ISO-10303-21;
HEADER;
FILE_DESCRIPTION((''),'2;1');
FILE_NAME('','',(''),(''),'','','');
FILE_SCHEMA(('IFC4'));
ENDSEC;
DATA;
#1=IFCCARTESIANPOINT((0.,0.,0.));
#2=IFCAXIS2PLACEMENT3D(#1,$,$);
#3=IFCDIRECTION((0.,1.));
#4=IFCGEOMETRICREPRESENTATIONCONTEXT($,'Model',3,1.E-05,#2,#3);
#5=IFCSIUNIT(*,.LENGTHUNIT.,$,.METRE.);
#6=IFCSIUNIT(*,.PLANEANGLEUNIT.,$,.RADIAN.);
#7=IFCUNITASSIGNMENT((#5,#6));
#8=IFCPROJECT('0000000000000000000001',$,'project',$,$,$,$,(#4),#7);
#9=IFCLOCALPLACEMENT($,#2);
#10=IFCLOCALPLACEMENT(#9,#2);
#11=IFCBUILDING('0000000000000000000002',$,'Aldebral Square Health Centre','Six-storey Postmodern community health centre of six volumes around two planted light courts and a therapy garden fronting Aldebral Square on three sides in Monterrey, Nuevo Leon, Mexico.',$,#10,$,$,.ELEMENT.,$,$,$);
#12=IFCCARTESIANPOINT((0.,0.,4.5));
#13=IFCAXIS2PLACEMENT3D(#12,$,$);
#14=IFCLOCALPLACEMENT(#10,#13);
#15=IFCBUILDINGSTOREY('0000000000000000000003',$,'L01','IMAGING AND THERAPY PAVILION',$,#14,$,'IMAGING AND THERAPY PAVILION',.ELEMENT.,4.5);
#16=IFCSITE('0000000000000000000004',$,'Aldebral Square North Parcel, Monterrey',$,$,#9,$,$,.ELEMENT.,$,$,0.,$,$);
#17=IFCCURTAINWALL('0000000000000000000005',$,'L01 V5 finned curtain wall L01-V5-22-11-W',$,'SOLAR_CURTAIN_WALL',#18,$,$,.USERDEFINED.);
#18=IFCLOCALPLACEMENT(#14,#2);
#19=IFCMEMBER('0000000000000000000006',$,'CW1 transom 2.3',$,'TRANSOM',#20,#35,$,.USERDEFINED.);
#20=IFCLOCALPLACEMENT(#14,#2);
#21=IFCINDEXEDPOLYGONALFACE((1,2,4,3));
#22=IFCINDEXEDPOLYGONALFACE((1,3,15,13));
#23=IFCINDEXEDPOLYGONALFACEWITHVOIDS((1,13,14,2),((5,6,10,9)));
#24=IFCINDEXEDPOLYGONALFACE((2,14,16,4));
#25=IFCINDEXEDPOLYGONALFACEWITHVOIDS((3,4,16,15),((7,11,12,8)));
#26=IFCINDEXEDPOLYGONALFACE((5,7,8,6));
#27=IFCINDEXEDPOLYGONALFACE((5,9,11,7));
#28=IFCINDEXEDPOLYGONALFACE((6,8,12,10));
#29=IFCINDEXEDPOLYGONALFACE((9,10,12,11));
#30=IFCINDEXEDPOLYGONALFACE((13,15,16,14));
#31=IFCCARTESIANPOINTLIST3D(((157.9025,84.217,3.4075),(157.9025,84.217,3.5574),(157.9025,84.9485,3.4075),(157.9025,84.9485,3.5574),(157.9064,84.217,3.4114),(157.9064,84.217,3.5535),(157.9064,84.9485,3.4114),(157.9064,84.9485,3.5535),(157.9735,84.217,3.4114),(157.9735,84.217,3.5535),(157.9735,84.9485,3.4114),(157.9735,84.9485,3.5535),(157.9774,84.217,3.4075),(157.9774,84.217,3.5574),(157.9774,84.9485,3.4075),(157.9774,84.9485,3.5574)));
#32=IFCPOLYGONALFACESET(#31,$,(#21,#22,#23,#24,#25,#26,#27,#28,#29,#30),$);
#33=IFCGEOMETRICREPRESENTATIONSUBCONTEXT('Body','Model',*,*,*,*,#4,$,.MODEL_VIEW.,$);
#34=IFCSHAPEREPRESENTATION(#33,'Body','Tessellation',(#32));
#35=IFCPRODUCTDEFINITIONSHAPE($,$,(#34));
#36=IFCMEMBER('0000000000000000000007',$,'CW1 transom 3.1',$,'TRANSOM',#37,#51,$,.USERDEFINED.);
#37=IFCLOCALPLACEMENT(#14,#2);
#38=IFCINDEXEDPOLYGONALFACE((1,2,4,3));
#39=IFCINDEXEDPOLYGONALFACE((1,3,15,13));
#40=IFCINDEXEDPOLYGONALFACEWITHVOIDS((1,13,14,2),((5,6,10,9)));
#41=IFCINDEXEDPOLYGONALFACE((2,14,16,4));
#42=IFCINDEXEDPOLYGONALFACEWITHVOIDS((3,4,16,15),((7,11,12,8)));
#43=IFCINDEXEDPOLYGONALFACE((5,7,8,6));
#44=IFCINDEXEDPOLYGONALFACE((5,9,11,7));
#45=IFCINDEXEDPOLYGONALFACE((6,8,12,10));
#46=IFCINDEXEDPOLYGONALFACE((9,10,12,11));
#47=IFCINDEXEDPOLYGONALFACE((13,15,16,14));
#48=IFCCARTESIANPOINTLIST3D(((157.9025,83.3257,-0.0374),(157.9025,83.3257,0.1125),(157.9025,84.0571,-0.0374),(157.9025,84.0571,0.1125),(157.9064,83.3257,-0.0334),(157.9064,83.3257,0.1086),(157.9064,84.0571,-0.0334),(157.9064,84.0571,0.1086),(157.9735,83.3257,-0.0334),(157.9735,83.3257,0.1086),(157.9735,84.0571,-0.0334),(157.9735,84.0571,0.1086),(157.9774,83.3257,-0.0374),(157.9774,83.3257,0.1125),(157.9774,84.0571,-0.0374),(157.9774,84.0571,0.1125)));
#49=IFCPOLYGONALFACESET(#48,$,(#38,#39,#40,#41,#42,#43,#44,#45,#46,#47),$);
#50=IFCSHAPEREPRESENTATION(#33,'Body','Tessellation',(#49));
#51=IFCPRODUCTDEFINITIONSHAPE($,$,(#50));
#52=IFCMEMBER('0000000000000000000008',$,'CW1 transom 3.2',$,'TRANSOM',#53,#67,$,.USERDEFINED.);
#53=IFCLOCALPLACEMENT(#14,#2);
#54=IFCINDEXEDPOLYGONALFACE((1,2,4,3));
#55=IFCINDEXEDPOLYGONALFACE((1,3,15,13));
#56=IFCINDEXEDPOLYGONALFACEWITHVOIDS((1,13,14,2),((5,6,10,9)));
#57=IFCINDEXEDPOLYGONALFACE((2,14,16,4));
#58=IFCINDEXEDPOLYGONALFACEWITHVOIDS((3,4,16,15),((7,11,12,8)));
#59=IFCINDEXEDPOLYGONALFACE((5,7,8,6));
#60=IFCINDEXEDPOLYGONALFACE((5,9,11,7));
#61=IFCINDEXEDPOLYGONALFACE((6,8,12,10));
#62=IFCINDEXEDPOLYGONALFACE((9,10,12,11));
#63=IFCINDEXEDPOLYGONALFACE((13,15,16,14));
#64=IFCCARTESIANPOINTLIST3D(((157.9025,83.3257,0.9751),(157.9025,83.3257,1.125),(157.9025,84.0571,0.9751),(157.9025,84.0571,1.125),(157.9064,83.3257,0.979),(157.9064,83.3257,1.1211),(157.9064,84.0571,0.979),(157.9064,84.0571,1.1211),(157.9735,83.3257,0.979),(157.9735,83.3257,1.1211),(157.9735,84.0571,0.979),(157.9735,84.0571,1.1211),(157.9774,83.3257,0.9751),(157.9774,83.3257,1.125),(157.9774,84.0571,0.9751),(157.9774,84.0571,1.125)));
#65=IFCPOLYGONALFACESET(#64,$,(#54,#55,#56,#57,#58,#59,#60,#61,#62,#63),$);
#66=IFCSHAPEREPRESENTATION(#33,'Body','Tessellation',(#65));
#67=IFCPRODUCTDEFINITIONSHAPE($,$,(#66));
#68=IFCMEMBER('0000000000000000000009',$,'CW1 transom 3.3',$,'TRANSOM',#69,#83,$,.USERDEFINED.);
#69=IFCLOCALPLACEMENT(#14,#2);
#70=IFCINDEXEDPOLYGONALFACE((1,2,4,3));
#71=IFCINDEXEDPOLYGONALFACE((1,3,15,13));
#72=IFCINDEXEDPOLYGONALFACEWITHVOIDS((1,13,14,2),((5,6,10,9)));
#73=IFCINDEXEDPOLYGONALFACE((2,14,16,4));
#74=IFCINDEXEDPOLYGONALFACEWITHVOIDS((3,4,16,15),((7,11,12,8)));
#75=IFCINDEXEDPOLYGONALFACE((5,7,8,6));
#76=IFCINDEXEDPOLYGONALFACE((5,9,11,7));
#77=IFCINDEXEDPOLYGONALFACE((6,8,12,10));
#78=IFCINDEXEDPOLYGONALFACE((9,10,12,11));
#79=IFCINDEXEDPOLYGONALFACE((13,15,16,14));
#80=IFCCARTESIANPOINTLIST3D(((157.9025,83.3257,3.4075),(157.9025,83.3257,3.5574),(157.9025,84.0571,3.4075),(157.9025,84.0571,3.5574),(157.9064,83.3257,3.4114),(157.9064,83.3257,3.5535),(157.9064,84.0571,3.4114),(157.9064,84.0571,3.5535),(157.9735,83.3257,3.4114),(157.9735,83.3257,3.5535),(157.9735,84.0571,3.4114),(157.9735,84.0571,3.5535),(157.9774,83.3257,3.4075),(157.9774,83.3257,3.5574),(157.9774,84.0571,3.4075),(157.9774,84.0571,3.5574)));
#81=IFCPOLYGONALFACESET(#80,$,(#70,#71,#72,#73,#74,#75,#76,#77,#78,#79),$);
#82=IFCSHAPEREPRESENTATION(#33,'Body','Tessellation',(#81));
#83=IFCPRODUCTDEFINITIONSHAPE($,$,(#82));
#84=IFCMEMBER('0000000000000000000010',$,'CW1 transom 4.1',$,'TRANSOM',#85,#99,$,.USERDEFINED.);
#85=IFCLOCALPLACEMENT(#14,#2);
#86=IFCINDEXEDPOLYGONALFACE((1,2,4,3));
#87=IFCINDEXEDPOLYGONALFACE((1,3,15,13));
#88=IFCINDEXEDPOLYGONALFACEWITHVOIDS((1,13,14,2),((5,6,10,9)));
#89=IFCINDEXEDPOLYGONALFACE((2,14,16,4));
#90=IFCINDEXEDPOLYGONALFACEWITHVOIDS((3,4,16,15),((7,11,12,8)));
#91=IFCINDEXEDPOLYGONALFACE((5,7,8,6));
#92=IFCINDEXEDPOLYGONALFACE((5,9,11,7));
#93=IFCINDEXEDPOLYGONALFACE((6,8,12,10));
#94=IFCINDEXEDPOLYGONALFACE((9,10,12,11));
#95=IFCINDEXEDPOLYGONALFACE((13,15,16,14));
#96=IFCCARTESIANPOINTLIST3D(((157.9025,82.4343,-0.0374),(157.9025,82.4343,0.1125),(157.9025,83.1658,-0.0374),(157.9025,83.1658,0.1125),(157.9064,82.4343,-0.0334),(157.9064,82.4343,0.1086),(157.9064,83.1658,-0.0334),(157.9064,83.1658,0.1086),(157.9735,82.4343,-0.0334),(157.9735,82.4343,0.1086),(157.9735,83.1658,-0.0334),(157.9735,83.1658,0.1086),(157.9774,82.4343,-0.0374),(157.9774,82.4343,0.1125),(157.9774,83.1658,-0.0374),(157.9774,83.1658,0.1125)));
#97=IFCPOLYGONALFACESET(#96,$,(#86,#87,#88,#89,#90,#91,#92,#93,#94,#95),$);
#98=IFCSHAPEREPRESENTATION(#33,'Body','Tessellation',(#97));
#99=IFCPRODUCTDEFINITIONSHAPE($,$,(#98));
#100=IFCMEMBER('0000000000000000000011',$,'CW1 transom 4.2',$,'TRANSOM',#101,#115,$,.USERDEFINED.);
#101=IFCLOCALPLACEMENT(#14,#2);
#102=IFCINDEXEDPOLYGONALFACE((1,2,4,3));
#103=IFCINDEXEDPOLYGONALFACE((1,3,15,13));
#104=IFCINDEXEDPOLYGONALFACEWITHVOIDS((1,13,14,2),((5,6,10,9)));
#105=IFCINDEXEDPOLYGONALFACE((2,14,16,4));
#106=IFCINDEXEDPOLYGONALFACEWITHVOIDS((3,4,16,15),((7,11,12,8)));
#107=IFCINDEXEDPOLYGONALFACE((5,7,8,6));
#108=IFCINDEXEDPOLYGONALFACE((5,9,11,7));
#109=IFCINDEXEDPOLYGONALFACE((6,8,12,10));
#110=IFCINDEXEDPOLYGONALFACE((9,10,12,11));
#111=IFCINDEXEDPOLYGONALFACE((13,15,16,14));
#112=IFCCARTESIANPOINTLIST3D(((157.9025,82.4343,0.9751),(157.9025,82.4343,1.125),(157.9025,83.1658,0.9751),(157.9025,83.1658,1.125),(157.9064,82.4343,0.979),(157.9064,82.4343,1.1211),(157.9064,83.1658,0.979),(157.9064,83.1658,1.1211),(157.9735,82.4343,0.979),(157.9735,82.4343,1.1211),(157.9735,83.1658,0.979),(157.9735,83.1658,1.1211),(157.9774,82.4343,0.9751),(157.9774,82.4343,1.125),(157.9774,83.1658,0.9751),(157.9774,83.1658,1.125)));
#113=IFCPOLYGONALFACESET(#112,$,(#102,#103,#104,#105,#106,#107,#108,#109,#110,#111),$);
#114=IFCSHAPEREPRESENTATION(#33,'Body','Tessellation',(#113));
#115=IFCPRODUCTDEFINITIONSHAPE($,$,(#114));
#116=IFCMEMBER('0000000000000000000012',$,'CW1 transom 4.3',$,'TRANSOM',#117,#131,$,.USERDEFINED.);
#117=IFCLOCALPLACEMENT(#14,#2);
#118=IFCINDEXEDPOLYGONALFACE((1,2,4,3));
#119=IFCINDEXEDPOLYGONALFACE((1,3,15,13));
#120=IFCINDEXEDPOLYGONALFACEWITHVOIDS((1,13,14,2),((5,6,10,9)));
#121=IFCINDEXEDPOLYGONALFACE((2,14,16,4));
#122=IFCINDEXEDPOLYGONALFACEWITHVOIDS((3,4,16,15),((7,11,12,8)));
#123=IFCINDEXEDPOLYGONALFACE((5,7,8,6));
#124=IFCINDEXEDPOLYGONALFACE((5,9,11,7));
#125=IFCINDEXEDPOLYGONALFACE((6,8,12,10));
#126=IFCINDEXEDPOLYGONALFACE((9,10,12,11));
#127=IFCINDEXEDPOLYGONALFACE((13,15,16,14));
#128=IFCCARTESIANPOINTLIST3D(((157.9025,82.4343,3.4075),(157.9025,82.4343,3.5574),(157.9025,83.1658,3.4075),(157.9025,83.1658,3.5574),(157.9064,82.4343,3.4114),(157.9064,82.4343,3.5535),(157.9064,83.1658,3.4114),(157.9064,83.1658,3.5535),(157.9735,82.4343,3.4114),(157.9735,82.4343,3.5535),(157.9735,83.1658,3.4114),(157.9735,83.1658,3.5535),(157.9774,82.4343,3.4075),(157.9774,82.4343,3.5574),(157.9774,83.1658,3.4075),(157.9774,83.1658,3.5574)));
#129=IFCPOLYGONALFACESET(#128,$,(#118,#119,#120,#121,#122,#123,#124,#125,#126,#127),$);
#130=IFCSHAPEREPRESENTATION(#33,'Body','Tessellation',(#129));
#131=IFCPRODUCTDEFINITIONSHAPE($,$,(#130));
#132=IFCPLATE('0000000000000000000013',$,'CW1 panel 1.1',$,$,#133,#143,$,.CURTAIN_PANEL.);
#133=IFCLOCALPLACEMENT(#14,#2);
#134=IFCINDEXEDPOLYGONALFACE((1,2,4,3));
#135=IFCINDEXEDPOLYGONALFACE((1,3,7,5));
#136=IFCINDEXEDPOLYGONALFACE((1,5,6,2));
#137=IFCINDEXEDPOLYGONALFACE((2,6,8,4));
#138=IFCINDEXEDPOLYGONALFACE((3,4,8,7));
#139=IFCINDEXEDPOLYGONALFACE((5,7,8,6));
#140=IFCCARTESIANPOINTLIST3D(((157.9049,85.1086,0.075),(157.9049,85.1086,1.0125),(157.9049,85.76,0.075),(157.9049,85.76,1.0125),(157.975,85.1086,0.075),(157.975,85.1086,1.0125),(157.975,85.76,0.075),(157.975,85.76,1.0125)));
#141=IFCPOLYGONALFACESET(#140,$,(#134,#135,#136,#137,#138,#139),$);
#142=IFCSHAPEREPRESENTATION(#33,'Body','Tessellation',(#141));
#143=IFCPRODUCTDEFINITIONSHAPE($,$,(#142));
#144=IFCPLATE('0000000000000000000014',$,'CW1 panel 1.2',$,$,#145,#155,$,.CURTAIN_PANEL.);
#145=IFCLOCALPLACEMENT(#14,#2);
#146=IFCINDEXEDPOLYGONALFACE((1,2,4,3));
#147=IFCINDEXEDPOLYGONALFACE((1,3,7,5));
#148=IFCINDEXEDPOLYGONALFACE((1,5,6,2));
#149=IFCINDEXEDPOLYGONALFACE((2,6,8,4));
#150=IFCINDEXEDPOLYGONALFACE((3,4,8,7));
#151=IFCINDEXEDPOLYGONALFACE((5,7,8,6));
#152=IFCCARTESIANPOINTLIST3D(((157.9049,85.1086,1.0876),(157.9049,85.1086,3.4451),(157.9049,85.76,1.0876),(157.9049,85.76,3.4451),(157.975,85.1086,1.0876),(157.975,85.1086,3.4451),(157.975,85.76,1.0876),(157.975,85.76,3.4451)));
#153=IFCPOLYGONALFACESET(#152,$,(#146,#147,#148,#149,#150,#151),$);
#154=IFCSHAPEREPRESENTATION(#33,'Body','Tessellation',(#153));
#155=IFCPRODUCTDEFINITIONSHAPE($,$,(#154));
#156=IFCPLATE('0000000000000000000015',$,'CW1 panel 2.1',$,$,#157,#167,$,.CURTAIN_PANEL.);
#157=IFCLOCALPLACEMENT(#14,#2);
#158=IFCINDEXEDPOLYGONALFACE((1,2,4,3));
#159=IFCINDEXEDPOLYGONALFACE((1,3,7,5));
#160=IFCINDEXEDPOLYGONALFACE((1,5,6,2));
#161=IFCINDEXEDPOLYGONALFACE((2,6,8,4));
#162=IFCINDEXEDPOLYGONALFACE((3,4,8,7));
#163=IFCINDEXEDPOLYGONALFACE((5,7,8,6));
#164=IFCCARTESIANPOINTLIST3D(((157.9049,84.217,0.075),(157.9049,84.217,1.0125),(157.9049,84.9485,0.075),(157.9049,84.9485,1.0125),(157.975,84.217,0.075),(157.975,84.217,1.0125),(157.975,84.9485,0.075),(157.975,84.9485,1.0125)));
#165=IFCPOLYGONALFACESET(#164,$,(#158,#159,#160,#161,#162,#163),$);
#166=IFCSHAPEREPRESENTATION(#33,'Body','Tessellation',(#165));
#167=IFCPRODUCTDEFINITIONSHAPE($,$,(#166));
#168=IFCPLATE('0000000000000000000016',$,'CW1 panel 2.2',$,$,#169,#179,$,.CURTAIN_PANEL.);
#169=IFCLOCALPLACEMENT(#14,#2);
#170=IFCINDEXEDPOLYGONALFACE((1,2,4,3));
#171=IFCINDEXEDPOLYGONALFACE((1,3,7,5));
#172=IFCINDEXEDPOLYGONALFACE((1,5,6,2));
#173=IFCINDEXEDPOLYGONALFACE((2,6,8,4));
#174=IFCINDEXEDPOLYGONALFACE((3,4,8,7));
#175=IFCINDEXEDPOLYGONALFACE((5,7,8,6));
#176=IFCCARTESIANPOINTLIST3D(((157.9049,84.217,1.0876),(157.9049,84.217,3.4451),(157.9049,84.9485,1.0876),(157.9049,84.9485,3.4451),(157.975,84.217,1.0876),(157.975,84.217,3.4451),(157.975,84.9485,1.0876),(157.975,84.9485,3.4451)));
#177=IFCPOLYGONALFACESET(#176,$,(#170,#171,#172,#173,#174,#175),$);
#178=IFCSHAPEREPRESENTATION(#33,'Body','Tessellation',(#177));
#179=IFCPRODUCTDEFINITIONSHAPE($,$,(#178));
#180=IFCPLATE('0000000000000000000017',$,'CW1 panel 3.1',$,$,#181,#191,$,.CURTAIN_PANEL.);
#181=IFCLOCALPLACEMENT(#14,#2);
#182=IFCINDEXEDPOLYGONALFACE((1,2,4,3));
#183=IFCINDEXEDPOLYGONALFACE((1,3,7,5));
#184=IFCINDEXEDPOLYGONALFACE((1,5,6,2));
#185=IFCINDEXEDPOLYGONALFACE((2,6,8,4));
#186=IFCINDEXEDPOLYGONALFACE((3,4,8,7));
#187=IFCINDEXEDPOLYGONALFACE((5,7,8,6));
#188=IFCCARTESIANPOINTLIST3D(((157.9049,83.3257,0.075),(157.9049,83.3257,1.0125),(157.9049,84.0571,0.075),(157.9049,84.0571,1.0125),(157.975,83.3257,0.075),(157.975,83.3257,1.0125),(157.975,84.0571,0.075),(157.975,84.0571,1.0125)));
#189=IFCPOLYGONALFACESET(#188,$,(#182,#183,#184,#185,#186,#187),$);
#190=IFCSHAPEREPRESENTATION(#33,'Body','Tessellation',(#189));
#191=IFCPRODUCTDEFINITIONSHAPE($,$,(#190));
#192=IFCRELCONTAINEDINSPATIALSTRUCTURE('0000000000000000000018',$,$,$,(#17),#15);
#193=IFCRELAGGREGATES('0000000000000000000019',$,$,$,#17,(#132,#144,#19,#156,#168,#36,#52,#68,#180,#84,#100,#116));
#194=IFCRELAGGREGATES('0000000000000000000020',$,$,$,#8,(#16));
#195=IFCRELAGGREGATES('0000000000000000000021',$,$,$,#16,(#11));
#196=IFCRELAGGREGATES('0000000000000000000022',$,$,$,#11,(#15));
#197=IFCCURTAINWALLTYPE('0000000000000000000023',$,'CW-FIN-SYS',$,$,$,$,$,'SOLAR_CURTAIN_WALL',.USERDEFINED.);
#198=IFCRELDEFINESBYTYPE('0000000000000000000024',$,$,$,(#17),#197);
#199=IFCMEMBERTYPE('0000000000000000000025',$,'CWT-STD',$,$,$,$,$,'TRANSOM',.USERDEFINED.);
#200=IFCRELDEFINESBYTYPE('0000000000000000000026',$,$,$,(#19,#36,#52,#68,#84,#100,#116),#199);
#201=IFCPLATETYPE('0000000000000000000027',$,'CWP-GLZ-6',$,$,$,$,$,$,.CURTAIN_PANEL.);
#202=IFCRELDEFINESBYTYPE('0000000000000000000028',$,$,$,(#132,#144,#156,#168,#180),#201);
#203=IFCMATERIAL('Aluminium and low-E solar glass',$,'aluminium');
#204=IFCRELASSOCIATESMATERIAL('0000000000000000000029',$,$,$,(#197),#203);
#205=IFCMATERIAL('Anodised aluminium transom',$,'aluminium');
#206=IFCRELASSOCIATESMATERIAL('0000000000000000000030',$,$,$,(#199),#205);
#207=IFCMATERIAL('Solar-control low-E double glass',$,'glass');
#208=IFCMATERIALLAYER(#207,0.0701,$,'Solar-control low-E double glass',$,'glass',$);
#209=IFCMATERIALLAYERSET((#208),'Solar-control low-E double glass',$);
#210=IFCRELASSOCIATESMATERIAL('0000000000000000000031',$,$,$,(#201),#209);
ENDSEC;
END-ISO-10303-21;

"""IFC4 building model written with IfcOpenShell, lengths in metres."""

from ifc_helpers import new_model, si_unit, direction, frame, origin, origin_2d, place, context, subcontext, project, spatial, rectangle, hollow_rectangle, extrude, material, layer, layer_set, material_profile, profile_set, type_object, element, aggregate, save


model = new_model("IFC4")

# Units and contexts
model_context = context("Model", 3, precision=1e-05, world=origin(), true_north=direction((0.0, 1.0)))
body_context = subcontext(model_context, "Body", "Model", "MODEL_VIEW")
ifc_project = project(units=[si_unit("LENGTHUNIT", "METRE"), si_unit("PLANEANGLEUNIT", "RADIAN")], contexts=[model_context])

# Site, building, storey
site_placement = place(None, origin())
site = spatial("IfcSite", under=ifc_project, at=site_placement, Name="Aldebral Square North Parcel, Monterrey", CompositionType="ELEMENT", RefElevation=0.0)
building_placement = place(site_placement, origin())
building = spatial("IfcBuilding", under=site, at=building_placement, Name="Aldebral Square Health Centre", Description="Six-storey Postmodern community health centre of six volumes around two planted light courts and a therapy garden fronting Aldebral Square on three sides in Monterrey, Nuevo Leon, Mexico.", CompositionType="ELEMENT")
storey_placement = place(building_placement, frame((0.0, 0.0, 4.5)))
storey = spatial("IfcBuildingStorey", under=building, at=storey_placement, Name="L01", Description="IMAGING AND THERAPY PAVILION", LongName="IMAGING AND THERAPY PAVILION", CompositionType="ELEMENT", Elevation=4.5)

# Curtain wall, members, plates
ifc_material_1 = material(Name="Aluminium and low-E solar glass", Category="aluminium")
curtain_wall_type = type_object("IfcCurtainWallType", Name="CW-FIN-SYS", ElementType="SOLAR_CURTAIN_WALL", PredefinedType="USERDEFINED", material=ifc_material_1)
curtain_wall_placement = place(storey_placement, origin())
curtain_wall = element("IfcCurtainWall", 1, at=curtain_wall_placement, inside=storey, type_object=curtain_wall_type, Name="L01 V5 finned curtain wall L01-V5-22-11-W", ObjectType="SOLAR_CURTAIN_WALL", PredefinedType="USERDEFINED")
ifc_material_2 = material(Name="Anodised aluminium transom", Category="aluminium")
ifc_material_profile_1 = material_profile(ifc_material_2, hollow_rectangle(XDim=0.075, YDim=0.1499, WallThickness=0.0039, at=origin_2d()), Name="CWT 75x150x4")
ifc_profile_set_1 = profile_set([ifc_material_profile_1], Name="Anodised aluminium transom")
member_type_1 = type_object("IfcMemberType", Name="CWT-STD", ElementType="TRANSOM", PredefinedType="USERDEFINED", material=ifc_profile_set_1)
member_1_placement = place(storey_placement, frame((157.9399, 84.9485, 3.4824), z_axis=(0.0, -1.0, 0.0), x_axis=(1.0, 0.0, 0.0)))
member_1 = element("IfcMember", 2, at=member_1_placement, type_object=member_type_1, Name="CW1 transom 2.3", ObjectType="TRANSOM", PredefinedType="USERDEFINED", context=body_context, shape_type="SweptSolid", body=[
    extrude(hollow_rectangle(XDim=0.075, YDim=0.1499, WallThickness=0.0039, at=origin_2d()), origin(), (0.0, 0.0, 1.0), 0.7314),
])
member_2_placement = place(storey_placement, frame((157.9399, 84.0571, 0.0376), z_axis=(0.0, -1.0, 0.0), x_axis=(1.0, 0.0, 0.0)))
member_2 = element("IfcMember", 3, at=member_2_placement, type_object=member_type_1, Name="CW1 transom 3.1", ObjectType="TRANSOM", PredefinedType="USERDEFINED", context=body_context, shape_type="SweptSolid", body=[
    extrude(hollow_rectangle(XDim=0.075, YDim=0.1499, WallThickness=0.0039, at=origin_2d()), origin(), (0.0, 0.0, 1.0), 0.7314),
])
member_3_placement = place(storey_placement, frame((157.9399, 84.0571, 1.05), z_axis=(0.0, -1.0, 0.0), x_axis=(1.0, 0.0, 0.0)))
member_3 = element("IfcMember", 4, at=member_3_placement, type_object=member_type_1, Name="CW1 transom 3.2", ObjectType="TRANSOM", PredefinedType="USERDEFINED", context=body_context, shape_type="SweptSolid", body=[
    extrude(hollow_rectangle(XDim=0.075, YDim=0.1499, WallThickness=0.0039, at=origin_2d()), origin(), (0.0, 0.0, 1.0), 0.7314),
])
member_4_placement = place(storey_placement, frame((157.9399, 84.0571, 3.4824), z_axis=(0.0, -1.0, 0.0), x_axis=(1.0, 0.0, 0.0)))
member_4 = element("IfcMember", 5, at=member_4_placement, type_object=member_type_1, Name="CW1 transom 3.3", ObjectType="TRANSOM", PredefinedType="USERDEFINED", context=body_context, shape_type="SweptSolid", body=[
    extrude(hollow_rectangle(XDim=0.075, YDim=0.1499, WallThickness=0.0039, at=origin_2d()), origin(), (0.0, 0.0, 1.0), 0.7314),
])
member_5_placement = place(storey_placement, frame((157.9399, 83.1658, 0.0376), z_axis=(0.0, -1.0, 0.0), x_axis=(1.0, 0.0, 0.0)))
member_5 = element("IfcMember", 6, at=member_5_placement, type_object=member_type_1, Name="CW1 transom 4.1", ObjectType="TRANSOM", PredefinedType="USERDEFINED", context=body_context, shape_type="SweptSolid", body=[
    extrude(hollow_rectangle(XDim=0.075, YDim=0.1499, WallThickness=0.0039, at=origin_2d()), origin(), (0.0, 0.0, 1.0), 0.7314),
])
member_6_placement = place(storey_placement, frame((157.9399, 83.1658, 1.05), z_axis=(0.0, -1.0, 0.0), x_axis=(1.0, 0.0, 0.0)))
member_6 = element("IfcMember", 7, at=member_6_placement, type_object=member_type_1, Name="CW1 transom 4.2", ObjectType="TRANSOM", PredefinedType="USERDEFINED", context=body_context, shape_type="SweptSolid", body=[
    extrude(hollow_rectangle(XDim=0.075, YDim=0.1499, WallThickness=0.0039, at=origin_2d()), origin(), (0.0, 0.0, 1.0), 0.7314),
])
member_7_placement = place(storey_placement, frame((157.9399, 83.1658, 3.4824), z_axis=(0.0, -1.0, 0.0), x_axis=(1.0, 0.0, 0.0)))
member_7 = element("IfcMember", 8, at=member_7_placement, type_object=member_type_1, Name="CW1 transom 4.3", ObjectType="TRANSOM", PredefinedType="USERDEFINED", context=body_context, shape_type="SweptSolid", body=[
    extrude(hollow_rectangle(XDim=0.075, YDim=0.1499, WallThickness=0.0039, at=origin_2d()), origin(), (0.0, 0.0, 1.0), 0.7314),
])
ifc_material_3 = material(Name="Solar-control low-E double glass", Category="glass")
ifc_layer_1 = layer(ifc_material_3, 0.0701, Name="Solar-control low-E double glass", Category="glass")
ifc_layer_set_1 = layer_set([ifc_layer_1], Name="Solar-control low-E double glass")
plate_type_1 = type_object("IfcPlateType", Name="CWP-GLZ-6", PredefinedType="CURTAIN_PANEL", material=ifc_layer_set_1)
plate_1_placement = place(storey_placement, frame((157.9399, 85.4343, 0.075), z_axis=(0.0, 0.0, 1.0), x_axis=(0.0, -1.0, 0.0)))
plate_1 = element("IfcPlate", 9, at=plate_1_placement, type_object=plate_type_1, Name="CW1 panel 1.1", PredefinedType="CURTAIN_PANEL", context=body_context, shape_type="SweptSolid", body=[
    extrude(rectangle(XDim=0.6514, YDim=0.0701, at=origin_2d()), origin(), (0.0, 0.0, 1.0), 0.9375),
])
plate_2_placement = place(storey_placement, frame((157.9399, 85.4343, 1.0876), z_axis=(0.0, 0.0, 1.0), x_axis=(0.0, -1.0, 0.0)))
plate_2 = element("IfcPlate", 10, at=plate_2_placement, type_object=plate_type_1, Name="CW1 panel 1.2", PredefinedType="CURTAIN_PANEL", context=body_context, shape_type="SweptSolid", body=[
    extrude(rectangle(XDim=0.6514, YDim=0.0701, at=origin_2d()), origin(), (0.0, 0.0, 1.0), 2.3574),
])
plate_3_placement = place(storey_placement, frame((157.9399, 84.5828, 0.075), z_axis=(0.0, 0.0, 1.0), x_axis=(0.0, -1.0, 0.0)))
plate_3 = element("IfcPlate", 11, at=plate_3_placement, type_object=plate_type_1, Name="CW1 panel 2.1", PredefinedType="CURTAIN_PANEL", context=body_context, shape_type="SweptSolid", body=[
    extrude(rectangle(XDim=0.7314, YDim=0.0701, at=origin_2d()), origin(), (0.0, 0.0, 1.0), 0.9375),
])
plate_4_placement = place(storey_placement, frame((157.9399, 84.5828, 1.0876), z_axis=(0.0, 0.0, 1.0), x_axis=(0.0, -1.0, 0.0)))
plate_4 = element("IfcPlate", 12, at=plate_4_placement, type_object=plate_type_1, Name="CW1 panel 2.2", PredefinedType="CURTAIN_PANEL", context=body_context, shape_type="SweptSolid", body=[
    extrude(rectangle(XDim=0.7314, YDim=0.0701, at=origin_2d()), origin(), (0.0, 0.0, 1.0), 2.3574),
])
plate_5_placement = place(storey_placement, frame((157.9399, 83.6914, 0.075), z_axis=(0.0, 0.0, 1.0), x_axis=(0.0, -1.0, 0.0)))
plate_5 = element("IfcPlate", 13, at=plate_5_placement, type_object=plate_type_1, Name="CW1 panel 3.1", PredefinedType="CURTAIN_PANEL", context=body_context, shape_type="SweptSolid", body=[
    extrude(rectangle(XDim=0.7314, YDim=0.0701, at=origin_2d()), origin(), (0.0, 0.0, 1.0), 0.9375),
])
aggregate(curtain_wall, [plate_1, plate_2, member_1, plate_3, plate_4, member_2, member_3, member_4, plate_5, member_5, member_6, member_7])

save(model, "model.ifc")
